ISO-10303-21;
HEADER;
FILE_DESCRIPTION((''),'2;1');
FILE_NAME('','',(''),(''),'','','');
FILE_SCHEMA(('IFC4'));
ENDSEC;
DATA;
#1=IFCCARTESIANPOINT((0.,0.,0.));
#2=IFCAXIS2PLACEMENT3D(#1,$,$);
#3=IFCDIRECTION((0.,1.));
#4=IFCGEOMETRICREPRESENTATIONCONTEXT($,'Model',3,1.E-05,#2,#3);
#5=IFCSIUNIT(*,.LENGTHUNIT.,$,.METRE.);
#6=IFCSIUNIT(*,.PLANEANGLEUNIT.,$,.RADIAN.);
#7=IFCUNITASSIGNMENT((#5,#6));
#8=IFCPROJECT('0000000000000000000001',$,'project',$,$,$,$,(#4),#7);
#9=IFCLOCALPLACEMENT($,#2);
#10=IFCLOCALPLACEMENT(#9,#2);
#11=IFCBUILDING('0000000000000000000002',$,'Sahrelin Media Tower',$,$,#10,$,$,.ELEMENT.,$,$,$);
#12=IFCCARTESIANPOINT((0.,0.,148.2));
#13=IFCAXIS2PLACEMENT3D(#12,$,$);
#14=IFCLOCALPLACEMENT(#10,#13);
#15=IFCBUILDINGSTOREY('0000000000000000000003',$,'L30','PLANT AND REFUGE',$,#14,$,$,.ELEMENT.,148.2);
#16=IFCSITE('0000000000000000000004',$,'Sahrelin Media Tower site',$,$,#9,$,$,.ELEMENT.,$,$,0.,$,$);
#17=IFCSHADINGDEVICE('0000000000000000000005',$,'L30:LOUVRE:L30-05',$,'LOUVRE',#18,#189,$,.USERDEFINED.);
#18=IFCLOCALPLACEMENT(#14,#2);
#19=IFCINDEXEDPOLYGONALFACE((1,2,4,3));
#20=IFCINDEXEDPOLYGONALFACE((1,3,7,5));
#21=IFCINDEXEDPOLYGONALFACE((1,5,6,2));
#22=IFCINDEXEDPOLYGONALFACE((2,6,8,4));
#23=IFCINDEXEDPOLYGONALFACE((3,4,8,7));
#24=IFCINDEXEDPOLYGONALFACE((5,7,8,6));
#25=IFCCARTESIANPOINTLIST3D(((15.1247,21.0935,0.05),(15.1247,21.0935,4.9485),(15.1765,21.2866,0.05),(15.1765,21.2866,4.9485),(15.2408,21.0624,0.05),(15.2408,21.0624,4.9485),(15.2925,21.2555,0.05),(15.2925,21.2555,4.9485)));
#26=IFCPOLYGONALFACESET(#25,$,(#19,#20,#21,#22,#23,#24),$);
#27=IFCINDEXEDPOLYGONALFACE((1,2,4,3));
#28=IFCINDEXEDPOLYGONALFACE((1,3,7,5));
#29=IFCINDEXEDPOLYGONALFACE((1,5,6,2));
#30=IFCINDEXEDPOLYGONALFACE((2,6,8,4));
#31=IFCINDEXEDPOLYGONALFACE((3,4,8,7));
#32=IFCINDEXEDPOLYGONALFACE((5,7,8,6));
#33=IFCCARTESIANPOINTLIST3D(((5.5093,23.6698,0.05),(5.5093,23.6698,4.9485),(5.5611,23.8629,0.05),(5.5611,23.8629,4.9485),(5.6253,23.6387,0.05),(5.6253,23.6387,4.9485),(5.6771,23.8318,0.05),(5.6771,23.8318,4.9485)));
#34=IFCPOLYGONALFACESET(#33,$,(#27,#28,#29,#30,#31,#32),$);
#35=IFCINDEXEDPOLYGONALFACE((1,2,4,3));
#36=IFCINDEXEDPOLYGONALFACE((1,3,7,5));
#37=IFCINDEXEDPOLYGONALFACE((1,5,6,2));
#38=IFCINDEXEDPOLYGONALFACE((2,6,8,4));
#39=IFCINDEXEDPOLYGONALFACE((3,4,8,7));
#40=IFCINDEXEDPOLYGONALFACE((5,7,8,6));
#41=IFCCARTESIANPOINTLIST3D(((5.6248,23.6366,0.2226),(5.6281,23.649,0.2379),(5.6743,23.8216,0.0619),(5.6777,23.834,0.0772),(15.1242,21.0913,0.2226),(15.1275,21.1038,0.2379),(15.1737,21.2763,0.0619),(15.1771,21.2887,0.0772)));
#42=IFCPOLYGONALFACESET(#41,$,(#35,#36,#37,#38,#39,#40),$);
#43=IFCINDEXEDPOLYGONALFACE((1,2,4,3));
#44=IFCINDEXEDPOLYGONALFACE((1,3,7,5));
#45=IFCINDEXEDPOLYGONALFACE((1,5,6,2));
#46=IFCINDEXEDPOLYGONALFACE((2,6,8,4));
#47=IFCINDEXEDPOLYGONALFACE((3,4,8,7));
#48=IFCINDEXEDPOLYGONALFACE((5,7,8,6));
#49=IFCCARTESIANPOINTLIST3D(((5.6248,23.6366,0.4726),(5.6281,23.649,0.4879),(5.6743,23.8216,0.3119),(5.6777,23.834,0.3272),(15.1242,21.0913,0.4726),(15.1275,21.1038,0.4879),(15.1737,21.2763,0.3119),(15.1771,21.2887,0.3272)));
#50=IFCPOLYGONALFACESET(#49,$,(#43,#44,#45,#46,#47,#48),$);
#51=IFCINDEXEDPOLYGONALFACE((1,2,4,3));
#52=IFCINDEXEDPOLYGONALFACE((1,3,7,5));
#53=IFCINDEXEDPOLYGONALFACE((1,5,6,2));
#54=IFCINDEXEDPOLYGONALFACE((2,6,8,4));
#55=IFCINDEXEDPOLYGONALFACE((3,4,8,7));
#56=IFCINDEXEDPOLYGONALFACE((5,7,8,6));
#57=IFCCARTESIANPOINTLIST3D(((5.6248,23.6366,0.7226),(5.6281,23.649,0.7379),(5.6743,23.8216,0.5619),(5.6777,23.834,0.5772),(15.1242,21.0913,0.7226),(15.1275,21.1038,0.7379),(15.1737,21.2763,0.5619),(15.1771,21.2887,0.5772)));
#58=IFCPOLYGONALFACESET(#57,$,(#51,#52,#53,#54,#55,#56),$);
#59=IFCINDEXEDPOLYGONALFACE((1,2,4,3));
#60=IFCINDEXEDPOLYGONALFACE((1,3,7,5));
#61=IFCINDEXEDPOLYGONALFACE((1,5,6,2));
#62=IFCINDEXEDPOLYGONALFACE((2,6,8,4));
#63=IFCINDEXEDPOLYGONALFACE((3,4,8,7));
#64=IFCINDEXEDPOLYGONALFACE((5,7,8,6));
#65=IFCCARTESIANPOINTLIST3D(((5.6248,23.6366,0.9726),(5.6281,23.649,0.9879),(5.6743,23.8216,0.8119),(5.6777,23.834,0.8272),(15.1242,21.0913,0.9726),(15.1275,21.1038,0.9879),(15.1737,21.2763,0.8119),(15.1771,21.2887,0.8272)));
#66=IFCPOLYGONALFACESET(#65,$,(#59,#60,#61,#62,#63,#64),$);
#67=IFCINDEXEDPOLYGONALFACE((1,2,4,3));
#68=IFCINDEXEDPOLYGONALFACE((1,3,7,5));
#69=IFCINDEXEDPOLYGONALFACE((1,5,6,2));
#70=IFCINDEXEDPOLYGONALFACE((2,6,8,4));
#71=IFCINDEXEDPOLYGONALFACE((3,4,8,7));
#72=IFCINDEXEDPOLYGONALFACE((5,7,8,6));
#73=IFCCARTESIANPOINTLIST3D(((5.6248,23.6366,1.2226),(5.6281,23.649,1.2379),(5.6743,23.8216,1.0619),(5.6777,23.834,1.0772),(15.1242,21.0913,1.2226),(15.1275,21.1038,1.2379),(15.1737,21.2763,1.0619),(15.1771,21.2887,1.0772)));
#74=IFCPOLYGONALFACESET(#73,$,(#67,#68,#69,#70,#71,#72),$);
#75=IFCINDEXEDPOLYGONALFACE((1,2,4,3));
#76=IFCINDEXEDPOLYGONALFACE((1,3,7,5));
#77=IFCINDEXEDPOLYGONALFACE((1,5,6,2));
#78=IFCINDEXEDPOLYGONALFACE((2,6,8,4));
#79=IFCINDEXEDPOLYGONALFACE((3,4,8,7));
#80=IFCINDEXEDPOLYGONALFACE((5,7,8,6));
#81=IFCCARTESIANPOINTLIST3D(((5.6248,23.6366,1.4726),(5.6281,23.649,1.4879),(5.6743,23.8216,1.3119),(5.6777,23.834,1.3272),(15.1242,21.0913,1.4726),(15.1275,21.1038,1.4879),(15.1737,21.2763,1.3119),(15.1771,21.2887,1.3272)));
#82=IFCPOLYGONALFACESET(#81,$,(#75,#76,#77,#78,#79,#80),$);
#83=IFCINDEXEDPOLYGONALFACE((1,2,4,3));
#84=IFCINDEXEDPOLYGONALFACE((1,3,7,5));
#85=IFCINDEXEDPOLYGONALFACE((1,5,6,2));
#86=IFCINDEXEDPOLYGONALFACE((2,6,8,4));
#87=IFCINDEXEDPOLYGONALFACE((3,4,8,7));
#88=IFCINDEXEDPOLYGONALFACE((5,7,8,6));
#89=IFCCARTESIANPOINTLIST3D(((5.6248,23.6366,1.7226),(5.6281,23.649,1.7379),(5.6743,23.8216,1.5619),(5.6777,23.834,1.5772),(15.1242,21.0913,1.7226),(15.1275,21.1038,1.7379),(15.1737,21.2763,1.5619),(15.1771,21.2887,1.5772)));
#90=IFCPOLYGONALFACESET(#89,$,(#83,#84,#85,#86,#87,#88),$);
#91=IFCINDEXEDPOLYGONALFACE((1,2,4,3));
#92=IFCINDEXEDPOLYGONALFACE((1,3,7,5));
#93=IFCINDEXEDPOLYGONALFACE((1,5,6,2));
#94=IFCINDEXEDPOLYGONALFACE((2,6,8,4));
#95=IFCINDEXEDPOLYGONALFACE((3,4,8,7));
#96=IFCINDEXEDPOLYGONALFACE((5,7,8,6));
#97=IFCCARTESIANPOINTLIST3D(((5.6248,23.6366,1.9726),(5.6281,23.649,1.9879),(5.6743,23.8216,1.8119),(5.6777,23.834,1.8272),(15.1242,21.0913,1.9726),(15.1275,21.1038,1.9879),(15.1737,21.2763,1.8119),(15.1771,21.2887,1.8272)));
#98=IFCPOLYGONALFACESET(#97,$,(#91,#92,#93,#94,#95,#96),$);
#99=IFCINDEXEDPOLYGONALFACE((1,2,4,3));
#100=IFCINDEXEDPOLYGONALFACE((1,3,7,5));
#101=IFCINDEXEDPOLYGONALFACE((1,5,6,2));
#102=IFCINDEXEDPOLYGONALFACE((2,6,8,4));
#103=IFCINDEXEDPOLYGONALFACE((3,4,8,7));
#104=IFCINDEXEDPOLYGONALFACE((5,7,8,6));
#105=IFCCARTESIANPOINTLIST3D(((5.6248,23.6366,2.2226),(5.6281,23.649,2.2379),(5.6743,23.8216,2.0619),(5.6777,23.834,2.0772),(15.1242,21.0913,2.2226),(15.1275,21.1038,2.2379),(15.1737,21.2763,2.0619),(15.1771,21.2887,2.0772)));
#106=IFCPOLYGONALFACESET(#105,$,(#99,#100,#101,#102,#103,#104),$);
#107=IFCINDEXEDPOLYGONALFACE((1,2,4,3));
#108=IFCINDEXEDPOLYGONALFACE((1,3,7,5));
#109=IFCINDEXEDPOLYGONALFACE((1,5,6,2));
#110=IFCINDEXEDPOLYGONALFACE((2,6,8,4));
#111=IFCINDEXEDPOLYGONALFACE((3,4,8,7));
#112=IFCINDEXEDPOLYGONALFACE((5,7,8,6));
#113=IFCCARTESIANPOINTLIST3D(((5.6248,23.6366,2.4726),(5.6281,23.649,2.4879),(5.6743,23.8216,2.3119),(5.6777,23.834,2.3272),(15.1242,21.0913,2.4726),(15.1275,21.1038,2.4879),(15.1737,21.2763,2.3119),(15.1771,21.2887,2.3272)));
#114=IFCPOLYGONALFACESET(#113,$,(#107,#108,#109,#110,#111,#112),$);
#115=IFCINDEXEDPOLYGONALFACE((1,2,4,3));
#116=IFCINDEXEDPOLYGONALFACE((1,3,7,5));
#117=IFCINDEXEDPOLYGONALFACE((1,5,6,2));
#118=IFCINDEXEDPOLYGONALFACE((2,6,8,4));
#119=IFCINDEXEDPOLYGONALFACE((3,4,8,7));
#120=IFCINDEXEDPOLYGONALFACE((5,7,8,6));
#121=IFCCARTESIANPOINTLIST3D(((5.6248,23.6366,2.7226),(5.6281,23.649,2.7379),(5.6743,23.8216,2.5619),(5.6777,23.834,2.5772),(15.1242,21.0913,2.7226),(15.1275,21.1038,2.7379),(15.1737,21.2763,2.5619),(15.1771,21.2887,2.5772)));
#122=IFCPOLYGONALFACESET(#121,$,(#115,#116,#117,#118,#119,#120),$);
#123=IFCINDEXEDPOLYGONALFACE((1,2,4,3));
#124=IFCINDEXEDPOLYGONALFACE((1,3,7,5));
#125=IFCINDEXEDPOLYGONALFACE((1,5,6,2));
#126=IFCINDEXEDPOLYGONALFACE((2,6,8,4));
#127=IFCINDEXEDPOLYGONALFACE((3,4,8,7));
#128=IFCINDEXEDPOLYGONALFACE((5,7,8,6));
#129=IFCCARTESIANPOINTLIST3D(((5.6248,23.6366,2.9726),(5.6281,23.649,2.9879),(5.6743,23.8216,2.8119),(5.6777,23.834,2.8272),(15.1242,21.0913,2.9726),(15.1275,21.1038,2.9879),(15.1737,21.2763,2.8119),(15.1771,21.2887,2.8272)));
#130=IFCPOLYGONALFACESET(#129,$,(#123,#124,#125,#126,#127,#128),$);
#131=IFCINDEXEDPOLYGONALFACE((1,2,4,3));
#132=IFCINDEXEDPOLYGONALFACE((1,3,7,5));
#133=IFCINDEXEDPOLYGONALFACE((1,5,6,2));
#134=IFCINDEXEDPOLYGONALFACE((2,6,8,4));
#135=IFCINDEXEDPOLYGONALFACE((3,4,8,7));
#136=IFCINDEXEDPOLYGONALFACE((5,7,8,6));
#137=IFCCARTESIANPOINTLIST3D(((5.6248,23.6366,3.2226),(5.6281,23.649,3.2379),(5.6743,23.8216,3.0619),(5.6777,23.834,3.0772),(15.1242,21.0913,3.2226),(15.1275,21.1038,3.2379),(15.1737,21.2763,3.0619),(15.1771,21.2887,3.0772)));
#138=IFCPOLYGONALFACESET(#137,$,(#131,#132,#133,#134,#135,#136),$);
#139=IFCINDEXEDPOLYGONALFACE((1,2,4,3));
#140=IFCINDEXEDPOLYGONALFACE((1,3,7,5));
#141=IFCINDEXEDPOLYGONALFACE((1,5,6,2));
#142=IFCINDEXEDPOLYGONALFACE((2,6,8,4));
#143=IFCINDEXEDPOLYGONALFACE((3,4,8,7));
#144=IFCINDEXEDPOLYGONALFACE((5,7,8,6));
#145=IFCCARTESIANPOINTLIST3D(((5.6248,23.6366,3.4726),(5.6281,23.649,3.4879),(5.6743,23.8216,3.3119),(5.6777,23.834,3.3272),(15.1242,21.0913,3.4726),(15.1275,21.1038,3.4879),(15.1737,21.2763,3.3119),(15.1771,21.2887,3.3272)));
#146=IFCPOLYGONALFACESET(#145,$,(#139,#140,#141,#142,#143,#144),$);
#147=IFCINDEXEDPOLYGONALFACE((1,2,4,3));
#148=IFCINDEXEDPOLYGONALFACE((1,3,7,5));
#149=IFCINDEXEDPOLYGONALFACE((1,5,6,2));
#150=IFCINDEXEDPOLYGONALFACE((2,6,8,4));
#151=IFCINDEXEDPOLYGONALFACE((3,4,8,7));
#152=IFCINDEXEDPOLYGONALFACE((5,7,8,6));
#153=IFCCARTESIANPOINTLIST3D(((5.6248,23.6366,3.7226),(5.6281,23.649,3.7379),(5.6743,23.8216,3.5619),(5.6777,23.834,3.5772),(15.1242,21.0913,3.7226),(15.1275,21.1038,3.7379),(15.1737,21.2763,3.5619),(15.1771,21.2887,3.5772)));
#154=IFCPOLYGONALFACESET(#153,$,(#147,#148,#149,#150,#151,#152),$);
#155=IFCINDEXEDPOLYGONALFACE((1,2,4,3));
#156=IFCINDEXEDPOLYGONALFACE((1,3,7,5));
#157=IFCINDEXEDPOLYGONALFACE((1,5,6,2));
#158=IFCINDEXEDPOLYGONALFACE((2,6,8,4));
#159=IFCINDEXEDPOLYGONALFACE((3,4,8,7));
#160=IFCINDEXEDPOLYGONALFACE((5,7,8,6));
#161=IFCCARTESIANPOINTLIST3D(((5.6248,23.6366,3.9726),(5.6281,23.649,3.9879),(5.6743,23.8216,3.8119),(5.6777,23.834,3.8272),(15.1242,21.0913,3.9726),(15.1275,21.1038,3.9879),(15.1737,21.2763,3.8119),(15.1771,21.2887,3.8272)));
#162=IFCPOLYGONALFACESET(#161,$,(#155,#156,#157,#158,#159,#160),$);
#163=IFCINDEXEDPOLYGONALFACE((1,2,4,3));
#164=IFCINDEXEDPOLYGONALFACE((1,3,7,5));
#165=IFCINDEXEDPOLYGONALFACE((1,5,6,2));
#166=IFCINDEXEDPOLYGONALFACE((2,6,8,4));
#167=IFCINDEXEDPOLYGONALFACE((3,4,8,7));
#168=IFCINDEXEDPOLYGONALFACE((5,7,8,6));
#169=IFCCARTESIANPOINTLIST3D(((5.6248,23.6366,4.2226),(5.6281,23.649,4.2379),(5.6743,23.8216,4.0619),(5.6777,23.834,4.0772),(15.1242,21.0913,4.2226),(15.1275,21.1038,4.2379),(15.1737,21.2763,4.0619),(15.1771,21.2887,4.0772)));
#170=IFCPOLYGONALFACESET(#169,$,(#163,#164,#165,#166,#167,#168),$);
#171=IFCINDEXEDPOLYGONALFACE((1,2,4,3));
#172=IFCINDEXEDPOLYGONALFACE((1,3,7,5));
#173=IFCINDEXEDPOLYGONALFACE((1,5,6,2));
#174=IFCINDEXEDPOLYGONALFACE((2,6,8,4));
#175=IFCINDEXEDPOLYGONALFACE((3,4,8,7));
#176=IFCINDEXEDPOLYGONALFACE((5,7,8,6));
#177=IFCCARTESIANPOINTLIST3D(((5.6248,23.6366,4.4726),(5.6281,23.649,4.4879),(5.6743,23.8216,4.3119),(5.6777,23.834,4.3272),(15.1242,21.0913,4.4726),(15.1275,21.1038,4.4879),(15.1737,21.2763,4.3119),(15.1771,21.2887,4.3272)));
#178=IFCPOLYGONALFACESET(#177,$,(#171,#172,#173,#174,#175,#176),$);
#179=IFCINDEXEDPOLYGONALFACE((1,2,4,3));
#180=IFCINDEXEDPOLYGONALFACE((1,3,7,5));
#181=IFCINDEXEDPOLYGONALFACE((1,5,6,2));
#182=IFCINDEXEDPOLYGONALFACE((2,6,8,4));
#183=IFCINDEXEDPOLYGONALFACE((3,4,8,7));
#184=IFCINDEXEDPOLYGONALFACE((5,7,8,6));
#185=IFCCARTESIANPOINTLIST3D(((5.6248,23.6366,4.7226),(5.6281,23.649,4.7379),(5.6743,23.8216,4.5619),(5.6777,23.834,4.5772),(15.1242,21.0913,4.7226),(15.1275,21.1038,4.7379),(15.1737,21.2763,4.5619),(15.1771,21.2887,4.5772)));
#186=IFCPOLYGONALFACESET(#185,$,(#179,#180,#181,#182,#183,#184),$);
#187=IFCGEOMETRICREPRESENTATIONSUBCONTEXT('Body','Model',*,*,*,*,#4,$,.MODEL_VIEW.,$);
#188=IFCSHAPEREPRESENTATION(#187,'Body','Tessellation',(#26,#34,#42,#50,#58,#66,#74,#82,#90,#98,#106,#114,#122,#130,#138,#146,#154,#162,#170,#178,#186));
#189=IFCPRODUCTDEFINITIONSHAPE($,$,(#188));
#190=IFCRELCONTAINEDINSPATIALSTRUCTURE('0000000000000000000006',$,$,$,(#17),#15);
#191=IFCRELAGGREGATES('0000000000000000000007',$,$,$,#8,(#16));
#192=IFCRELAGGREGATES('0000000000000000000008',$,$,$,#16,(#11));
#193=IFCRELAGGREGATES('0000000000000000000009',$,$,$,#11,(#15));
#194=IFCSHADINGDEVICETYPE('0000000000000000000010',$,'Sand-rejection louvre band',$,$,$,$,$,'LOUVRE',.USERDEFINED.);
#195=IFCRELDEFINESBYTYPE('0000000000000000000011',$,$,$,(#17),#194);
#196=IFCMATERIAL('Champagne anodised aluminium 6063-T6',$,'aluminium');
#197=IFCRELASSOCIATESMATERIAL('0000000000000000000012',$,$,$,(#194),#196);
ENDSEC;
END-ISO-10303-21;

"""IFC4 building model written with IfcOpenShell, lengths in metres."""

from ifc_helpers import new_model, si_unit, direction, frame, origin, origin_2d, place, context, subcontext, project, spatial, rectangle, extrude, material, type_object, element, save


model = new_model("IFC4")

# Units and contexts
model_context = context("Model", 3, precision=1e-05, world=origin(), true_north=direction((0.0, 1.0)))
body_context = subcontext(model_context, "Body", "Model", "MODEL_VIEW")
ifc_project = project(units=[si_unit("LENGTHUNIT", "METRE"), si_unit("PLANEANGLEUNIT", "RADIAN")], contexts=[model_context])

# Site, building, storey
site_placement = place(None, origin())
site = spatial("IfcSite", under=ifc_project, at=site_placement, Name="Sahrelin Media Tower site", CompositionType="ELEMENT", RefElevation=0.0)
building_placement = place(site_placement, origin())
building = spatial("IfcBuilding", under=site, at=building_placement, Name="Sahrelin Media Tower", CompositionType="ELEMENT")
storey_placement = place(building_placement, frame((0.0, 0.0, 148.2)))
storey = spatial("IfcBuildingStorey", under=building, at=storey_placement, Name="L30", Description="PLANT AND REFUGE", CompositionType="ELEMENT", Elevation=148.2)

# Shading device
ifc_material_1 = material(Name="Champagne anodised aluminium 6063-T6", Category="aluminium")
shading_device_type = type_object("IfcShadingDeviceType", Name="Sand-rejection louvre band", ElementType="LOUVRE", PredefinedType="USERDEFINED", material=ifc_material_1)
shading_device_placement = place(storey_placement, frame((10.375, 22.366, 0.0), z_axis=(0.0, 0.0, 1.0), x_axis=(0.965929, -0.258808, 0.0)))
element("IfcShadingDevice", 1, at=shading_device_placement, inside=storey, type_object=shading_device_type, Name="L30:LOUVRE:L30-05", ObjectType="LOUVRE", PredefinedType="USERDEFINED", context=body_context, shape_type="SweptSolid", body=[
    extrude(rectangle(XDim=0.1201, YDim=0.2, at=origin_2d()), frame((4.9773, 0.1001, 0.05), z_axis=(0.0, 0.0, 1.0), x_axis=(1.0, 0.0, 0.0)), (0.0, 0.0, 1.0), 4.8984),
    extrude(rectangle(XDim=0.1201, YDim=0.2, at=origin_2d()), frame((-4.9773, 0.1001, 0.05), z_axis=(0.0, 0.0, 1.0), x_axis=(1.0, 0.0, 0.0)), (0.0, 0.0, 1.0), 4.8984),
    extrude(rectangle(XDim=0.25, YDim=0.02, at=origin_2d()), frame((4.9172, 0.1001, 0.1499), z_axis=(-1.0, 0.0, 0.0), x_axis=(0.0, -0.766044, 0.642788)), (0.0, 0.0, 1.0), 9.8345),
    extrude(rectangle(XDim=0.25, YDim=0.02, at=origin_2d()), frame((4.9172, 0.1001, 0.3999), z_axis=(-1.0, 0.0, 0.0), x_axis=(0.0, -0.766044, 0.642788)), (0.0, 0.0, 1.0), 9.8345),
    extrude(rectangle(XDim=0.25, YDim=0.02, at=origin_2d()), frame((4.9172, 0.1001, 0.6499), z_axis=(-1.0, 0.0, 0.0), x_axis=(0.0, -0.766044, 0.642788)), (0.0, 0.0, 1.0), 9.8345),
    extrude(rectangle(XDim=0.25, YDim=0.02, at=origin_2d()), frame((4.9172, 0.1001, 0.8999), z_axis=(-1.0, 0.0, 0.0), x_axis=(0.0, -0.766044, 0.642788)), (0.0, 0.0, 1.0), 9.8345),
    extrude(rectangle(XDim=0.25, YDim=0.02, at=origin_2d()), frame((4.9172, 0.1001, 1.1499), z_axis=(-1.0, 0.0, 0.0), x_axis=(0.0, -0.766044, 0.642788)), (0.0, 0.0, 1.0), 9.8345),
    extrude(rectangle(XDim=0.25, YDim=0.02, at=origin_2d()), frame((4.9172, 0.1001, 1.3999), z_axis=(-1.0, 0.0, 0.0), x_axis=(0.0, -0.766044, 0.642788)), (0.0, 0.0, 1.0), 9.8345),
    extrude(rectangle(XDim=0.25, YDim=0.02, at=origin_2d()), frame((4.9172, 0.1001, 1.6499), z_axis=(-1.0, 0.0, 0.0), x_axis=(0.0, -0.766044, 0.642788)), (0.0, 0.0, 1.0), 9.8345),
    extrude(rectangle(XDim=0.25, YDim=0.02, at=origin_2d()), frame((4.9172, 0.1001, 1.8999), z_axis=(-1.0, 0.0, 0.0), x_axis=(0.0, -0.766044, 0.642788)), (0.0, 0.0, 1.0), 9.8345),
    extrude(rectangle(XDim=0.25, YDim=0.02, at=origin_2d()), frame((4.9172, 0.1001, 2.1499), z_axis=(-1.0, 0.0, 0.0), x_axis=(0.0, -0.766044, 0.642788)), (0.0, 0.0, 1.0), 9.8345),
    extrude(rectangle(XDim=0.25, YDim=0.02, at=origin_2d()), frame((4.9172, 0.1001, 2.3999), z_axis=(-1.0, 0.0, 0.0), x_axis=(0.0, -0.766044, 0.642788)), (0.0, 0.0, 1.0), 9.8345),
    extrude(rectangle(XDim=0.25, YDim=0.02, at=origin_2d()), frame((4.9172, 0.1001, 2.6499), z_axis=(-1.0, 0.0, 0.0), x_axis=(0.0, -0.766044, 0.642788)), (0.0, 0.0, 1.0), 9.8345),
    extrude(rectangle(XDim=0.25, YDim=0.02, at=origin_2d()), frame((4.9172, 0.1001, 2.8999), z_axis=(-1.0, 0.0, 0.0), x_axis=(0.0, -0.766044, 0.642788)), (0.0, 0.0, 1.0), 9.8345),
    extrude(rectangle(XDim=0.25, YDim=0.02, at=origin_2d()), frame((4.9172, 0.1001, 3.1499), z_axis=(-1.0, 0.0, 0.0), x_axis=(0.0, -0.766044, 0.642788)), (0.0, 0.0, 1.0), 9.8345),
    extrude(rectangle(XDim=0.25, YDim=0.02, at=origin_2d()), frame((4.9172, 0.1001, 3.3999), z_axis=(-1.0, 0.0, 0.0), x_axis=(0.0, -0.766044, 0.642788)), (0.0, 0.0, 1.0), 9.8345),
    extrude(rectangle(XDim=0.25, YDim=0.02, at=origin_2d()), frame((4.9172, 0.1001, 3.6499), z_axis=(-1.0, 0.0, 0.0), x_axis=(0.0, -0.766044, 0.642788)), (0.0, 0.0, 1.0), 9.8345),
    extrude(rectangle(XDim=0.25, YDim=0.02, at=origin_2d()), frame((4.9172, 0.1001, 3.8999), z_axis=(-1.0, 0.0, 0.0), x_axis=(0.0, -0.766044, 0.642788)), (0.0, 0.0, 1.0), 9.8345),
    extrude(rectangle(XDim=0.25, YDim=0.02, at=origin_2d()), frame((4.9172, 0.1001, 4.1499), z_axis=(-1.0, 0.0, 0.0), x_axis=(0.0, -0.766044, 0.642788)), (0.0, 0.0, 1.0), 9.8345),
    extrude(rectangle(XDim=0.25, YDim=0.02, at=origin_2d()), frame((4.9172, 0.1001, 4.3999), z_axis=(-1.0, 0.0, 0.0), x_axis=(0.0, -0.766044, 0.642788)), (0.0, 0.0, 1.0), 9.8345),
    extrude(rectangle(XDim=0.25, YDim=0.02, at=origin_2d()), frame((4.9172, 0.1001, 4.6499), z_axis=(-1.0, 0.0, 0.0), x_axis=(0.0, -0.766044, 0.642788)), (0.0, 0.0, 1.0), 9.8345),
])

save(model, "model.ifc")
